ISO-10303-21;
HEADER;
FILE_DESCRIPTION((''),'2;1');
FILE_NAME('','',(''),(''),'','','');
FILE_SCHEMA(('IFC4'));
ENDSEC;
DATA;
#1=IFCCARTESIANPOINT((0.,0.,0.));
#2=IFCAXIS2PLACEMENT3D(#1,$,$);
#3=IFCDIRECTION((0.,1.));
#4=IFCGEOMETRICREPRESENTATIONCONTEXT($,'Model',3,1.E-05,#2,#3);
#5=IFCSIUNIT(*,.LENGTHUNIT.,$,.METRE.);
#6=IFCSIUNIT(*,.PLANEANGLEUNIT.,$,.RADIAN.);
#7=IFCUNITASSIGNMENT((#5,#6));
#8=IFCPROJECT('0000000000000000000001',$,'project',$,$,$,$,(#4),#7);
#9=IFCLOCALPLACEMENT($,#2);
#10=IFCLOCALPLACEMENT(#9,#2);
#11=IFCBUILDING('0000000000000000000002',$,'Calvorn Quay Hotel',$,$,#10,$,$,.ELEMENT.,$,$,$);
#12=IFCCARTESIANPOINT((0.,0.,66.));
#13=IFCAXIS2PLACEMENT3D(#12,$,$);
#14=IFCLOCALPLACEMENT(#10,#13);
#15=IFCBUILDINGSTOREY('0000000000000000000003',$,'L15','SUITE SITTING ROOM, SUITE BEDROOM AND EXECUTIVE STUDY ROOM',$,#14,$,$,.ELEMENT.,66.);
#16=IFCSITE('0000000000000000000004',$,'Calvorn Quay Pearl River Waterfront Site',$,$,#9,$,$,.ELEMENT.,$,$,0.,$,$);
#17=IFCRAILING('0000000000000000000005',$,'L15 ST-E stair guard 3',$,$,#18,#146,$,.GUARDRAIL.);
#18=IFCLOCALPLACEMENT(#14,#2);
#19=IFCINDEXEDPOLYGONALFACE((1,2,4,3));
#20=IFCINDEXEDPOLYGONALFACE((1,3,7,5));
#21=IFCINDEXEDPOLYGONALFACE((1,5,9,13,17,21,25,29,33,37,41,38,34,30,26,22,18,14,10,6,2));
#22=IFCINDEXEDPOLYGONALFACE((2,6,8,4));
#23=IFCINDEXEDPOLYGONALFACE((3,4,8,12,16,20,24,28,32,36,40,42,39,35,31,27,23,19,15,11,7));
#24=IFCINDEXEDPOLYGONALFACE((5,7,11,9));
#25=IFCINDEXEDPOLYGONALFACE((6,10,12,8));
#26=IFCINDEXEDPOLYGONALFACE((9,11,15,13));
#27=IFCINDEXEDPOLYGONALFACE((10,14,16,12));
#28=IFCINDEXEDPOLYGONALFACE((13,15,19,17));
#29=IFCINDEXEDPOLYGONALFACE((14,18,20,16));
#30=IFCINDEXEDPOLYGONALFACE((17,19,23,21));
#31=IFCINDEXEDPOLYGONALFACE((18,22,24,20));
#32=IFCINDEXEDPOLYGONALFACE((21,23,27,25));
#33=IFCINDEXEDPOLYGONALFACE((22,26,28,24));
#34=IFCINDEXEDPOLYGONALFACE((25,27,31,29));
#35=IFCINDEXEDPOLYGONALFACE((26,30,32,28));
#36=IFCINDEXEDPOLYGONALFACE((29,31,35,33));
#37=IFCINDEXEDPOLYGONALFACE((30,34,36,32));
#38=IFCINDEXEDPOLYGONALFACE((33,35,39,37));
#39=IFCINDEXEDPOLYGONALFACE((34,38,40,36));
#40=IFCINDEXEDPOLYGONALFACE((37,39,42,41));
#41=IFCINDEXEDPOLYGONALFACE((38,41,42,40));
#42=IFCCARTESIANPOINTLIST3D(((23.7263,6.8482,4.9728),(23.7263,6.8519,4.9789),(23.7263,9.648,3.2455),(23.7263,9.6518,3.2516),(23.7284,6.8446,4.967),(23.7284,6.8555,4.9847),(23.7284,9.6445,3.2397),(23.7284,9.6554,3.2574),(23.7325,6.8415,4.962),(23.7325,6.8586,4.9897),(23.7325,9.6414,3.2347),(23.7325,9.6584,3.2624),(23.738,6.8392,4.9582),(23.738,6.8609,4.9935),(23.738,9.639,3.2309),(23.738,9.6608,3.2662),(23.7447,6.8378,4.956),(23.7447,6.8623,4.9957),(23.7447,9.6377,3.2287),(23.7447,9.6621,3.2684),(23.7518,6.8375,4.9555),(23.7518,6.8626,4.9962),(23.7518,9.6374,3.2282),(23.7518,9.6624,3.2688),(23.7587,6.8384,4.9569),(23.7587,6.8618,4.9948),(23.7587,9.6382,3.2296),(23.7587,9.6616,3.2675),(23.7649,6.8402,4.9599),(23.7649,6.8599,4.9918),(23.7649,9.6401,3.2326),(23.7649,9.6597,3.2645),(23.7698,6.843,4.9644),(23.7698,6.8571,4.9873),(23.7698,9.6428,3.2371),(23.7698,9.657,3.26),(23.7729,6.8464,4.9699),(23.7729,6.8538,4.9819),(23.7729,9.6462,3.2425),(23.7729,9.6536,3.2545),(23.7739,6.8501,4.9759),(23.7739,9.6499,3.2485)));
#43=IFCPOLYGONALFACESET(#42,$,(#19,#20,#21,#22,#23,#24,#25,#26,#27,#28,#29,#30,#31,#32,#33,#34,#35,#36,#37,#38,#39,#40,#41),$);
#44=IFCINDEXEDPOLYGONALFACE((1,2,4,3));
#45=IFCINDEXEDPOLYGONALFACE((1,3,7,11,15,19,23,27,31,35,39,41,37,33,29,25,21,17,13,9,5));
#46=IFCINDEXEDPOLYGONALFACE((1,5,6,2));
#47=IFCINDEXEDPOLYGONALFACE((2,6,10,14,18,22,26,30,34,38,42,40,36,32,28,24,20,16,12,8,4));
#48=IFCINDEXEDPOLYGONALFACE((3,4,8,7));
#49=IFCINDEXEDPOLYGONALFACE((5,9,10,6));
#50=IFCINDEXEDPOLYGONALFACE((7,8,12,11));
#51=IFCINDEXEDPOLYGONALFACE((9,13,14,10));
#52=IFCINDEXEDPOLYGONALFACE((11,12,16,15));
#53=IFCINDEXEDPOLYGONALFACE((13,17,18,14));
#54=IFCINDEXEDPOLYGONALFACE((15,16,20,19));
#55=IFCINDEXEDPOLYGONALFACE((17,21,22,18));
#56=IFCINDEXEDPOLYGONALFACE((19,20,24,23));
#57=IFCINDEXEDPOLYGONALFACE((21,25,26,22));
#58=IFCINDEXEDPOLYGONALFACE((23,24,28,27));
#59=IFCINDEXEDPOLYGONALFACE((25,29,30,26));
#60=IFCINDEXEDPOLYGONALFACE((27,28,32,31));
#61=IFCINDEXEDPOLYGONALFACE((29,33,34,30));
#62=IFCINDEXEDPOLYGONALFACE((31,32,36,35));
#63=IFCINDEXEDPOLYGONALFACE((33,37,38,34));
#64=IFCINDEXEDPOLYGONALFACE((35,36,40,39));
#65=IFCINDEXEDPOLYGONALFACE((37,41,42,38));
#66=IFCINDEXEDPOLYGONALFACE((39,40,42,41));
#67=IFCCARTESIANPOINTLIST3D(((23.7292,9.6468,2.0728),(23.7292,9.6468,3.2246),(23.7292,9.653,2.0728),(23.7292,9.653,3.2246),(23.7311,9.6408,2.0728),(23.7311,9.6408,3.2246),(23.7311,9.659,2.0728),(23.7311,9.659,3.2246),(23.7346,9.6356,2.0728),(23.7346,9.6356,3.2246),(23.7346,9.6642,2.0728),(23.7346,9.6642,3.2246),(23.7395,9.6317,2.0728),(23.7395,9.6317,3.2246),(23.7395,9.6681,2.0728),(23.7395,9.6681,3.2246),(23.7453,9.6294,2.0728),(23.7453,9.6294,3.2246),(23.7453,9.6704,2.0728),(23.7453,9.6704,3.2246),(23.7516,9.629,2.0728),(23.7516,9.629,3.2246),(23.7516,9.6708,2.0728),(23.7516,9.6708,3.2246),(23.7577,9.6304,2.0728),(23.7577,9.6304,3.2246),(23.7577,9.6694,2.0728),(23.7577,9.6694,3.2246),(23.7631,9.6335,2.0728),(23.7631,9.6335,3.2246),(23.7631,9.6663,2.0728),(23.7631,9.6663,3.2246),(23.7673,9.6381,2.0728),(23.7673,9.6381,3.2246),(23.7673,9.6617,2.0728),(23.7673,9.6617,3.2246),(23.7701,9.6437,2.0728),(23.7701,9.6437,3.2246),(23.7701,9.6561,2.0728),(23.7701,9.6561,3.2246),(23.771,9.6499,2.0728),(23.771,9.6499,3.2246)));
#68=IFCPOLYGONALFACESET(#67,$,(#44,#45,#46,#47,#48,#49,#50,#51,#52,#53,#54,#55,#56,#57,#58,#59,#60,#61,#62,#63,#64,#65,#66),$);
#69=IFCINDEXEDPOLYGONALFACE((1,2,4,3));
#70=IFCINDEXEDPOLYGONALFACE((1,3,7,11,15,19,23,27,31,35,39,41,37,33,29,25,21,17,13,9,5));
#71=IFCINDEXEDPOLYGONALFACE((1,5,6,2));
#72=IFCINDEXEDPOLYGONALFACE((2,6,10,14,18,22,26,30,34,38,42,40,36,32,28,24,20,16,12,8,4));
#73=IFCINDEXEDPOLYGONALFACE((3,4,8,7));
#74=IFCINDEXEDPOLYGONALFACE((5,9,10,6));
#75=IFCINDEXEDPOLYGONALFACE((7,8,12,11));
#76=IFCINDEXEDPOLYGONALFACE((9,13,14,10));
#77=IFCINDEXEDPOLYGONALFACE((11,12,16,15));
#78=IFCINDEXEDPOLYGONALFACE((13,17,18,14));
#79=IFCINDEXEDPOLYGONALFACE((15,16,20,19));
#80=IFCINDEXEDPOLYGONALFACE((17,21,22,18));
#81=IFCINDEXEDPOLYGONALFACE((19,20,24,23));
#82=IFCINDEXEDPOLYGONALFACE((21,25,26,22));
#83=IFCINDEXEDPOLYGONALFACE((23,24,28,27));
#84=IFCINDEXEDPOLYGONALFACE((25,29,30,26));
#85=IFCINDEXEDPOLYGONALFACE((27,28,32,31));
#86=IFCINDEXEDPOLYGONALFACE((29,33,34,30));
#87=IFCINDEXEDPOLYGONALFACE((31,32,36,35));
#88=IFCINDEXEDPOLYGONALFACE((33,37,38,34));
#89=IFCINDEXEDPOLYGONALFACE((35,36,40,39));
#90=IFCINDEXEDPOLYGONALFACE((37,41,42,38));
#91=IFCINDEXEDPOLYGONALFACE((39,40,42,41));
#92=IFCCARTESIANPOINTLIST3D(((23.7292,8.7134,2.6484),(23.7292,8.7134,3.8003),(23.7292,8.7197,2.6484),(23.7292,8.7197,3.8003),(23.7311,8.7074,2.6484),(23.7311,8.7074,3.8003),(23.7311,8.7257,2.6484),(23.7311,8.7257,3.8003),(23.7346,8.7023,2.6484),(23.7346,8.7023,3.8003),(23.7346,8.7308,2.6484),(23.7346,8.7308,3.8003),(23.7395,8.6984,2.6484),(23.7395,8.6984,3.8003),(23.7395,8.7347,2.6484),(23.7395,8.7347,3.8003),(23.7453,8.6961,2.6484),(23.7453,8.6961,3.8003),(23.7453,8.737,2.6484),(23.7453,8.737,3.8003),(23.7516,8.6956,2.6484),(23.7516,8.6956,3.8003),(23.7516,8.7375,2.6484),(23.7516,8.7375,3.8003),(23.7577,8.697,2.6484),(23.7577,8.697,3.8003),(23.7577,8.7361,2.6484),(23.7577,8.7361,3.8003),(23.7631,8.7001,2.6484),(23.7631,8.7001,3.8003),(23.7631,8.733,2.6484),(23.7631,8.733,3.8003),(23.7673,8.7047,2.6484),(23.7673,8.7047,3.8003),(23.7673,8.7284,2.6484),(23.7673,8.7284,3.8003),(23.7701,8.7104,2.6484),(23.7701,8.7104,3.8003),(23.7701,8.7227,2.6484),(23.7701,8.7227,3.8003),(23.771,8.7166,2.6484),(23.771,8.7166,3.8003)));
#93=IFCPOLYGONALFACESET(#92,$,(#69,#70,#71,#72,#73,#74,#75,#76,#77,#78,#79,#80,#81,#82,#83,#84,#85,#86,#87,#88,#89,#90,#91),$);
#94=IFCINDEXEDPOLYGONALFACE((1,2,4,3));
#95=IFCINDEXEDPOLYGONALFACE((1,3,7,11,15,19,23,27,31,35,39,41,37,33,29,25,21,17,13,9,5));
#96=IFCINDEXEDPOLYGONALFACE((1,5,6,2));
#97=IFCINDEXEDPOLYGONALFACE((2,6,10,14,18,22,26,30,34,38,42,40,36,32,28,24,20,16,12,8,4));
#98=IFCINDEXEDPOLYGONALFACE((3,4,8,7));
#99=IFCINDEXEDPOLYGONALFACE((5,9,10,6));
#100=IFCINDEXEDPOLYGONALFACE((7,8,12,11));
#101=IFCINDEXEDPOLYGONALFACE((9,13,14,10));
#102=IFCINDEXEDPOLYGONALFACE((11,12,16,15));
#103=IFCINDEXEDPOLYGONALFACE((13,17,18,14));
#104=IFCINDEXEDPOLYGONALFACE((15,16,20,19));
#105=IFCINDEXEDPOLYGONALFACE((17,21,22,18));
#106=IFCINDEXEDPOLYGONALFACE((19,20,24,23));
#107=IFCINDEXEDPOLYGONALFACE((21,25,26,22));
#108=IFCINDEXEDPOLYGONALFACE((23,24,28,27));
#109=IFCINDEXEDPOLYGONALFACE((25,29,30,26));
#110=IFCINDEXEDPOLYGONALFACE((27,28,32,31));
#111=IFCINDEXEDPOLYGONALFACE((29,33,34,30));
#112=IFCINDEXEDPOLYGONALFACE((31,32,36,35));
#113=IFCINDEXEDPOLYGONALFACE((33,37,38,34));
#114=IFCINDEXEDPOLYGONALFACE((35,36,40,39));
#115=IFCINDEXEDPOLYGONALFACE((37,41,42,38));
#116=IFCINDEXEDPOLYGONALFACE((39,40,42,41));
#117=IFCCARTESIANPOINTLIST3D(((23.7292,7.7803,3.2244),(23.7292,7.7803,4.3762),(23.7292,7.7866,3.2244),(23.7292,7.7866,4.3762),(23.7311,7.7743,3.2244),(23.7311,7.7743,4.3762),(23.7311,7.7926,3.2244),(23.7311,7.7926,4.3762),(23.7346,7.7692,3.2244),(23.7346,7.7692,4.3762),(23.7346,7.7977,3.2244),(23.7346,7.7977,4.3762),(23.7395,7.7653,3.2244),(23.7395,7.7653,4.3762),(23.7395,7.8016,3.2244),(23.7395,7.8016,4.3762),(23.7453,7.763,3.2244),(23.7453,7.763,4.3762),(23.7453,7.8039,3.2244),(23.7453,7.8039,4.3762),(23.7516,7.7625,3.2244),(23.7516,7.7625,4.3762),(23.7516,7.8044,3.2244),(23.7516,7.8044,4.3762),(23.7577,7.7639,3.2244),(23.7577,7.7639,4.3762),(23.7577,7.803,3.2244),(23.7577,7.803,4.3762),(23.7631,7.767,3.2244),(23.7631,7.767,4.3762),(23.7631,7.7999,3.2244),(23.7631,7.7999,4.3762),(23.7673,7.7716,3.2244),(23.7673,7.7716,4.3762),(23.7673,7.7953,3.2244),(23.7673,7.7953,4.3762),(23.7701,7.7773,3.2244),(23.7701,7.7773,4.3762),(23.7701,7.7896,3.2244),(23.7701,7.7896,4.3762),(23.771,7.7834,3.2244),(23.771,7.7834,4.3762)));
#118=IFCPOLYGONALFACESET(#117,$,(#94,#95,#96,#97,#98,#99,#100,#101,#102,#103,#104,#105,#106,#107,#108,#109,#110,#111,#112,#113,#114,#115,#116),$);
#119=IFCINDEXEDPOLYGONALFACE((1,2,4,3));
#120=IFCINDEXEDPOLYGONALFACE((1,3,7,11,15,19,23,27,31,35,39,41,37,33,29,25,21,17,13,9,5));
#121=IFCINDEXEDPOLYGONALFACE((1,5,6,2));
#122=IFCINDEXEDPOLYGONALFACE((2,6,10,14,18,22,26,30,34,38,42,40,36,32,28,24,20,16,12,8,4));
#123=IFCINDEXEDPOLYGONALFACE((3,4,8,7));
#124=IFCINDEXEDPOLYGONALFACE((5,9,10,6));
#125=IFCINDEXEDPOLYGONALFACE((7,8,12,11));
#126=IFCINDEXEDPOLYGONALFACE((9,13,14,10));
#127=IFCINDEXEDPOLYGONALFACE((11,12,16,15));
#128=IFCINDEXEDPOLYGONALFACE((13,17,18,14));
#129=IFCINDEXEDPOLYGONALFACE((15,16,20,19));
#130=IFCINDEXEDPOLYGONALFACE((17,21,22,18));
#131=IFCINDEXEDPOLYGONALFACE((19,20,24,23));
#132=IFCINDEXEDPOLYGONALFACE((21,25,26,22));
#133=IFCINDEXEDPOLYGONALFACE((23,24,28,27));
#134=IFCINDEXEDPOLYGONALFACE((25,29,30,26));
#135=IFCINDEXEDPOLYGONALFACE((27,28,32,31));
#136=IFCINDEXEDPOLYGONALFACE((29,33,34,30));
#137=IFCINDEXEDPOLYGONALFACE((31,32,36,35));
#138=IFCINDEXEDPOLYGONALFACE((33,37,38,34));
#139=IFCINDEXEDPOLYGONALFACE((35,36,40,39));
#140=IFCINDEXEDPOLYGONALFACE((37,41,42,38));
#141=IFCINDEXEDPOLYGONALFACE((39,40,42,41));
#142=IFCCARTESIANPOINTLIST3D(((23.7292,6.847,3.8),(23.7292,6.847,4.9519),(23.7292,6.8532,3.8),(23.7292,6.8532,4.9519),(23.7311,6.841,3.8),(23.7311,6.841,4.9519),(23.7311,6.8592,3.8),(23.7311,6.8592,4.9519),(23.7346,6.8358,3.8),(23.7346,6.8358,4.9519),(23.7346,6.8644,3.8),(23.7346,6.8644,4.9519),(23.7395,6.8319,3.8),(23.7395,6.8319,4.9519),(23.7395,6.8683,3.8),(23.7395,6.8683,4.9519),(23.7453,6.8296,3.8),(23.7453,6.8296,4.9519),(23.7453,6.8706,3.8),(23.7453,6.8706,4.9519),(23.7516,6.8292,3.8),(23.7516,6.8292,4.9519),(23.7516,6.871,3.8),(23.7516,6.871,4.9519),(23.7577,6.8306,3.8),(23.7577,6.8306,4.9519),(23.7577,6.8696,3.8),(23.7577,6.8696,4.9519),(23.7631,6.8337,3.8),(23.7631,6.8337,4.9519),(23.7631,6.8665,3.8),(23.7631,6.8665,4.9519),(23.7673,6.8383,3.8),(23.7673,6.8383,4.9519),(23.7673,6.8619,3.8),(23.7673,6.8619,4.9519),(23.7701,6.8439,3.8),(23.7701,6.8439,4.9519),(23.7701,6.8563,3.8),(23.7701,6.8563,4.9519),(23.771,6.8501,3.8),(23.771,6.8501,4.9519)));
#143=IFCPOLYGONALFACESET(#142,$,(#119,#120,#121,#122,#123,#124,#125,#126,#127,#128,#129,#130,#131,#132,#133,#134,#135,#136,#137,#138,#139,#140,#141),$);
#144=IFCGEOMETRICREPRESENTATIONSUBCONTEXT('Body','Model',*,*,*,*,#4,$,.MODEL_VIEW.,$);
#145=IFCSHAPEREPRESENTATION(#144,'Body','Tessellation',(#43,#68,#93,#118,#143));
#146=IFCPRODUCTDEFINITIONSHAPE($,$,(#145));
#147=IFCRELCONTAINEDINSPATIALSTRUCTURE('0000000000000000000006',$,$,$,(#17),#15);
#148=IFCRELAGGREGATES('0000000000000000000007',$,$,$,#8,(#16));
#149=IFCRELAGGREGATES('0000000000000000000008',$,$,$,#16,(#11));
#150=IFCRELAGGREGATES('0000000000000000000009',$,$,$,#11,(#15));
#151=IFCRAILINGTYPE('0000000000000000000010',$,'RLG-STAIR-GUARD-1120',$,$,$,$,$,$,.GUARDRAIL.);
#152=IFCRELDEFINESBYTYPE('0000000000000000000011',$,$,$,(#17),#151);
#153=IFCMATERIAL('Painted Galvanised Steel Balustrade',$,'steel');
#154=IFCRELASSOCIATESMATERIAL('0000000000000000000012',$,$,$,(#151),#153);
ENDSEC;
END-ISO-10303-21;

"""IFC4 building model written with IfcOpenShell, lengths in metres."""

from ifc_helpers import new_model, si_unit, direction, frame, origin, origin_2d, place, context, subcontext, project, spatial, circle, extrude, material, type_object, element, save


model = new_model("IFC4")

# Units and contexts
model_context = context("Model", 3, precision=1e-05, world=origin(), true_north=direction((0.0, 1.0)))
body_context = subcontext(model_context, "Body", "Model", "MODEL_VIEW")
ifc_project = project(units=[si_unit("LENGTHUNIT", "METRE"), si_unit("PLANEANGLEUNIT", "RADIAN")], contexts=[model_context])

# Site, building, storey
site_placement = place(None, origin())
site = spatial("IfcSite", under=ifc_project, at=site_placement, Name="Calvorn Quay Pearl River Waterfront Site", CompositionType="ELEMENT", RefElevation=0.0)
building_placement = place(site_placement, origin())
building = spatial("IfcBuilding", under=site, at=building_placement, Name="Calvorn Quay Hotel", CompositionType="ELEMENT")
storey_placement = place(building_placement, frame((0.0, 0.0, 66.0)))
storey = spatial("IfcBuildingStorey", under=building, at=storey_placement, Name="L15", Description="SUITE SITTING ROOM, SUITE BEDROOM AND EXECUTIVE STUDY ROOM", CompositionType="ELEMENT", Elevation=66.0)

# Railing
ifc_material_1 = material(Name="Painted Galvanised Steel Balustrade", Category="steel")
railing_type_1 = type_object("IfcRailingType", Name="RLG-STAIR-GUARD-1120", PredefinedType="GUARDRAIL", material=ifc_material_1)
railing_1_placement = place(storey_placement, frame((23.75, 9.6499, 2.0728)))
element("IfcRailing", 1, at=railing_1_placement, inside=storey, type_object=railing_type_1, Name="L15 ST-E stair guard 3", PredefinedType="GUARDRAIL", context=body_context, shape_type="SweptSolid", body=[
    extrude(circle(Radius=0.0239, at=origin_2d()), frame((0.0, 0.0, 1.1758), z_axis=(0.0, -0.851069, 0.525054), x_axis=(1.0, 0.0, 0.0)), (0.0, 0.0, 1.0), 3.2898),
    extrude(circle(Radius=0.021, at=origin_2d()), origin(), (0.0, 0.0, 1.0), 1.1519),
    extrude(circle(Radius=0.021, at=origin_2d()), frame((0.0, -0.9333, 0.5757)), (0.0, 0.0, 1.0), 1.1519),
    extrude(circle(Radius=0.021, at=origin_2d()), frame((0.0, -1.8665, 1.1516)), (0.0, 0.0, 1.0), 1.1519),
    extrude(circle(Radius=0.021, at=origin_2d()), frame((0.0, -2.7998, 1.7273)), (0.0, 0.0, 1.0), 1.1519),
])

save(model, "model.ifc")
